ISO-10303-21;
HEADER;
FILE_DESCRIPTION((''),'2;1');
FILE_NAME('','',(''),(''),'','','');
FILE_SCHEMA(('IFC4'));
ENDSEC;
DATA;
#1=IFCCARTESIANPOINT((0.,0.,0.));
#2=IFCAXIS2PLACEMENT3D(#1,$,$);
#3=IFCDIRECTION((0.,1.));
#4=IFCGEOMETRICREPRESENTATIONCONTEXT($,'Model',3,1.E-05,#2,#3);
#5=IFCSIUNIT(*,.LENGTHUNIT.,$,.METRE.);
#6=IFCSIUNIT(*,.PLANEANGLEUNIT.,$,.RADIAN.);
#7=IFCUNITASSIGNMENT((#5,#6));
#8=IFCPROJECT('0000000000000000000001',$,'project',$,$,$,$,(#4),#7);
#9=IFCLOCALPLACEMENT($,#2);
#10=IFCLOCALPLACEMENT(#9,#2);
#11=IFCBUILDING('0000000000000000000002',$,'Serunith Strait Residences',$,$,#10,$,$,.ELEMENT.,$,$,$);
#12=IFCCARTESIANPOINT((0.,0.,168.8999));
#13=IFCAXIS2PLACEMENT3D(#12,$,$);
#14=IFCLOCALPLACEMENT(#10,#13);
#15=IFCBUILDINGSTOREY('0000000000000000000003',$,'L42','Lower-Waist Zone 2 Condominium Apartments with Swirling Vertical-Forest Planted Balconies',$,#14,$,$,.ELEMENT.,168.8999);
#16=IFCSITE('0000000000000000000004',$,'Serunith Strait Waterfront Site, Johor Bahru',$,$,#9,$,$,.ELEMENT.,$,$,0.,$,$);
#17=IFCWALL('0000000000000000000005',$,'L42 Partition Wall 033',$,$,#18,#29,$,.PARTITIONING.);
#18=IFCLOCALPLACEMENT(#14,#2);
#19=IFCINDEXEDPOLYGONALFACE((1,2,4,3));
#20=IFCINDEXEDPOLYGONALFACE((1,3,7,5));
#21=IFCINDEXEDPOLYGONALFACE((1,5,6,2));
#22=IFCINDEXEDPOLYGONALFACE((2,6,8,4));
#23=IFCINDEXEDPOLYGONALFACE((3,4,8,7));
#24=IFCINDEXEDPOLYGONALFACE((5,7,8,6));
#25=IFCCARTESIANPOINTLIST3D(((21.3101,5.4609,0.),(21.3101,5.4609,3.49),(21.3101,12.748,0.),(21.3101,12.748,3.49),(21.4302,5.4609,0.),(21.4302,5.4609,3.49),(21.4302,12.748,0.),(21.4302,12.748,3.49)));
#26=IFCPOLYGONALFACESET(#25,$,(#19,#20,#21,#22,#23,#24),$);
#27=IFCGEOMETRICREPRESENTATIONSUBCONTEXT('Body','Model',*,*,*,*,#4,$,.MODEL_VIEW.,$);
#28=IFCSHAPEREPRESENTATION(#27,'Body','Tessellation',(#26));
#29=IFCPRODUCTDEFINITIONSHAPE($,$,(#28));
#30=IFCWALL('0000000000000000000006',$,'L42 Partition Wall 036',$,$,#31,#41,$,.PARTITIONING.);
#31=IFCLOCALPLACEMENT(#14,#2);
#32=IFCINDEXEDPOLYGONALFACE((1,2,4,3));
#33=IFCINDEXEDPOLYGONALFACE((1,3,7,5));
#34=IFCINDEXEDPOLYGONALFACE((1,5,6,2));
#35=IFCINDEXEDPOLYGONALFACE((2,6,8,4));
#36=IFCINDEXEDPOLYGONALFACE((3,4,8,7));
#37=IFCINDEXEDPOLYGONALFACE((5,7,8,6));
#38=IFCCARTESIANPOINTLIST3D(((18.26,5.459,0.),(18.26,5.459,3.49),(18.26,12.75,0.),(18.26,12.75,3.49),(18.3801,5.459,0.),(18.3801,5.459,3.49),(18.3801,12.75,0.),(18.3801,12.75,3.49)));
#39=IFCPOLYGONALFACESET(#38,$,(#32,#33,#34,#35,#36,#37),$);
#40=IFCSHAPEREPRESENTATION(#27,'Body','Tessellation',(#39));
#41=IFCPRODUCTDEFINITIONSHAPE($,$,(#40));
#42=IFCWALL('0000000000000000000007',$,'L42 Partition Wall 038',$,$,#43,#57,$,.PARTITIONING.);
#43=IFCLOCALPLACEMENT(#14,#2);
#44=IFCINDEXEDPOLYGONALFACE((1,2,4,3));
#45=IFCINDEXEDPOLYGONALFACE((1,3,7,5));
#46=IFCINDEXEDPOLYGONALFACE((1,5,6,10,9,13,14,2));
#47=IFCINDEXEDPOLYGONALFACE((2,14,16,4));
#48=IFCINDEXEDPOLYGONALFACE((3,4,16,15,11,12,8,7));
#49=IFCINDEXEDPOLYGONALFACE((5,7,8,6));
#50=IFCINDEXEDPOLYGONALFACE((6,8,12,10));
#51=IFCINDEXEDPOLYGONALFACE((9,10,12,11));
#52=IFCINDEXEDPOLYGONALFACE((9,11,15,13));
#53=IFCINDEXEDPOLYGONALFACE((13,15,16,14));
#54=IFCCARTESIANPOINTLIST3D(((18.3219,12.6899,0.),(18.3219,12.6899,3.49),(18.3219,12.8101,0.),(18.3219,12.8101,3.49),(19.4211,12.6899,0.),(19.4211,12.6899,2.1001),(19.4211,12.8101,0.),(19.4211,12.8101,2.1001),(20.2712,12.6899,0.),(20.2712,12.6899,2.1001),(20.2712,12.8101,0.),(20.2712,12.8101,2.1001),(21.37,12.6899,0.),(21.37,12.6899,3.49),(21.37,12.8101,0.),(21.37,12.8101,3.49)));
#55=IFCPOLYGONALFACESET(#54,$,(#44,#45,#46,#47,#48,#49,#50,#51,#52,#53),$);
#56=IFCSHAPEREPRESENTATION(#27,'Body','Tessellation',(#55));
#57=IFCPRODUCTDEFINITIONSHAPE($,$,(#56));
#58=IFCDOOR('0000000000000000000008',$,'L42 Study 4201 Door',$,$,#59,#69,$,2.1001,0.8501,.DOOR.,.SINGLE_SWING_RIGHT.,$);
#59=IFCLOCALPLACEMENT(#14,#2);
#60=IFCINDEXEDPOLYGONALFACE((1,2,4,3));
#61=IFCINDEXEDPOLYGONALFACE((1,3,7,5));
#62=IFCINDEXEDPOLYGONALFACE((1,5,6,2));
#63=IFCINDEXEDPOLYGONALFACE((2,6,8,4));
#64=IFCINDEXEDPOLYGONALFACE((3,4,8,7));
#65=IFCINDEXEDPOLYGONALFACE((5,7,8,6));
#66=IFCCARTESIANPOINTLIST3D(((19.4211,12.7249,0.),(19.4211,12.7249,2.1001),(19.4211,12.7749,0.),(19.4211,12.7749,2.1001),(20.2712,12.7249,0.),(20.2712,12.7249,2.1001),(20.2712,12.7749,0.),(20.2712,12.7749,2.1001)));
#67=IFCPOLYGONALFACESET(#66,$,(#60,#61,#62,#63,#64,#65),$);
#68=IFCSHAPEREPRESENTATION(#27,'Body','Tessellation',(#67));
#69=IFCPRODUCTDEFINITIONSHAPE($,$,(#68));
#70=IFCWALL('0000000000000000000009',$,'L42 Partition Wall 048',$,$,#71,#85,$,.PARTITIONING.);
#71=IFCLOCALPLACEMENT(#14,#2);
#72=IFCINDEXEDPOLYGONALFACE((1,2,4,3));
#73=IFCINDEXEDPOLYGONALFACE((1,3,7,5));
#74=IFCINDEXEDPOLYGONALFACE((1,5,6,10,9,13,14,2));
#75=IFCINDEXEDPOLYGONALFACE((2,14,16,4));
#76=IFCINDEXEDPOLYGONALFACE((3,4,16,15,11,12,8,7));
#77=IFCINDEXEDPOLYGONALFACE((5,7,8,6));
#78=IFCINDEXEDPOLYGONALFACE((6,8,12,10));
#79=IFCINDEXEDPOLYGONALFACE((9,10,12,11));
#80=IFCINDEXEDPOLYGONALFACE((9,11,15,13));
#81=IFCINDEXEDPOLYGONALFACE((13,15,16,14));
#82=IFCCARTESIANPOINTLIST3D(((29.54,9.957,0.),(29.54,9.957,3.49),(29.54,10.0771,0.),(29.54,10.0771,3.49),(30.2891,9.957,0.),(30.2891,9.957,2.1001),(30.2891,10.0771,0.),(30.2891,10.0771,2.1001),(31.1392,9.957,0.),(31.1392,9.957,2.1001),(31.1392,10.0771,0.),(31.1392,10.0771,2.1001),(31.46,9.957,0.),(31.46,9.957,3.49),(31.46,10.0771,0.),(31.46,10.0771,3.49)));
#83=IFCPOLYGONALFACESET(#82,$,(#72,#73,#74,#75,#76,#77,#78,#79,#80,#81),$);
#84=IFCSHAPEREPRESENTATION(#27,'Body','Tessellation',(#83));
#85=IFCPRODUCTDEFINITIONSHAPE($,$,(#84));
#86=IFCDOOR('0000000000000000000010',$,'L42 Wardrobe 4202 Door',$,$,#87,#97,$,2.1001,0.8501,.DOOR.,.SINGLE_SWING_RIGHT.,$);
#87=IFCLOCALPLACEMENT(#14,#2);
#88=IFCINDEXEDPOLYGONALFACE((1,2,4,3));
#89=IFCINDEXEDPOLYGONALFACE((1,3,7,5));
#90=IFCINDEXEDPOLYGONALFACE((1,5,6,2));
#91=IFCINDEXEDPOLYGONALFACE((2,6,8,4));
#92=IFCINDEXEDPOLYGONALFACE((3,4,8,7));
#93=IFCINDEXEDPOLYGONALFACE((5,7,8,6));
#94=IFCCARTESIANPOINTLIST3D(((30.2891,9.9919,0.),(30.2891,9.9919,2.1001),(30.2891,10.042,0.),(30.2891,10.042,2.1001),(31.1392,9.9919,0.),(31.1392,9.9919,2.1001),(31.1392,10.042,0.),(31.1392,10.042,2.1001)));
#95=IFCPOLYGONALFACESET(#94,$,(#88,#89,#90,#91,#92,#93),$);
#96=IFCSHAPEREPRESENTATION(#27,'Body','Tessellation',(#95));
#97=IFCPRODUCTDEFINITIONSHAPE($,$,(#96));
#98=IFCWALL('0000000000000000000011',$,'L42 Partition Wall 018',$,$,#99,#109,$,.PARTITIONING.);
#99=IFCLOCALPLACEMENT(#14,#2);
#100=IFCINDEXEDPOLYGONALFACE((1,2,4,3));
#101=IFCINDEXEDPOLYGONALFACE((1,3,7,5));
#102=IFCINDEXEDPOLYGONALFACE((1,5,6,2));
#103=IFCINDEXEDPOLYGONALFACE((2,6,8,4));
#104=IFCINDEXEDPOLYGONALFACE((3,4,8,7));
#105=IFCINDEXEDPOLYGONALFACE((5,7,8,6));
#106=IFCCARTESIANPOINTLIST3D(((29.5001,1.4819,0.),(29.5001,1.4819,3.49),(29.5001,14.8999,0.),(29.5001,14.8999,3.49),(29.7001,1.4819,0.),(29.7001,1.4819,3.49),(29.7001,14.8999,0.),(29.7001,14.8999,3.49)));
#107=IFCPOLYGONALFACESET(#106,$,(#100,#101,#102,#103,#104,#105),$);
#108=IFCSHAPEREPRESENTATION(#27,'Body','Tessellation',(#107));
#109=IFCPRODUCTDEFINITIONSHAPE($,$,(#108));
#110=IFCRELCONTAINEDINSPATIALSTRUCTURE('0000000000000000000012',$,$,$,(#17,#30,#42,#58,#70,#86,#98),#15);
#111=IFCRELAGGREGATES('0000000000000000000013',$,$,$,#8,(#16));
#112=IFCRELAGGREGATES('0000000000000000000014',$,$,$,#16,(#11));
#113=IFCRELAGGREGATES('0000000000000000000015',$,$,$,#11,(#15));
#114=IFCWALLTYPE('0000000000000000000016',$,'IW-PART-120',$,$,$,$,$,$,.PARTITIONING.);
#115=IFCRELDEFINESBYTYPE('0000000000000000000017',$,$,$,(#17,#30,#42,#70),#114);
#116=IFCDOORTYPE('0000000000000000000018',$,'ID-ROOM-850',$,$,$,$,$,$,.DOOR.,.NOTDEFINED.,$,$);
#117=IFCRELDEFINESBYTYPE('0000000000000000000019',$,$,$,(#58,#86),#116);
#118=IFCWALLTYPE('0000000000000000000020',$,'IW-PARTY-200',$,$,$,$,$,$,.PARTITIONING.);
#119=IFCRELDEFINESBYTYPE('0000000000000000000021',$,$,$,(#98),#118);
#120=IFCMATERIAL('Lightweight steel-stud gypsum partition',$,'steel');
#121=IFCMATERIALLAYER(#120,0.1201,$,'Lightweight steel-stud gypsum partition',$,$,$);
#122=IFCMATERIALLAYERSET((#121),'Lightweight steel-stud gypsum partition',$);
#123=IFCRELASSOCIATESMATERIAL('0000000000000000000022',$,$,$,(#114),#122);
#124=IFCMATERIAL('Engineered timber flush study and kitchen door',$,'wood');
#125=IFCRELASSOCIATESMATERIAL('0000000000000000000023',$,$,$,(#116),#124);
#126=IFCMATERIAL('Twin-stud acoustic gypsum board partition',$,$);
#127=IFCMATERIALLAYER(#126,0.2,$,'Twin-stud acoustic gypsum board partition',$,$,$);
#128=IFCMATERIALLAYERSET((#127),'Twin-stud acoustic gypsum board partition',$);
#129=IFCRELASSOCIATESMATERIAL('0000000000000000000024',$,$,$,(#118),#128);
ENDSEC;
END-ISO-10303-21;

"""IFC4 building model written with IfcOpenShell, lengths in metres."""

from ifc_helpers import new_model, si_unit, direction, frame, frame_2d, origin, place, context, subcontext, project, spatial, rectangle, extrude, source, transform, mapped, material, layer, layer_set, type_object, element, fill, save


model = new_model("IFC4")

# Units and contexts
model_context = context("Model", 3, precision=1e-05, world=origin(), true_north=direction((0.0, 1.0)))
body_context = subcontext(model_context, "Body", "Model", "MODEL_VIEW")
ifc_project = project(units=[si_unit("LENGTHUNIT", "METRE"), si_unit("PLANEANGLEUNIT", "RADIAN")], contexts=[model_context])

# Site, building, storey
site_placement = place(None, origin())
site = spatial("IfcSite", under=ifc_project, at=site_placement, Name="Serunith Strait Waterfront Site, Johor Bahru", CompositionType="ELEMENT", RefElevation=0.0)
building_placement = place(site_placement, origin())
building = spatial("IfcBuilding", under=site, at=building_placement, Name="Serunith Strait Residences", CompositionType="ELEMENT")
storey_placement = place(building_placement, frame((0.0, 0.0, 168.8999)))
storey = spatial("IfcBuildingStorey", under=building, at=storey_placement, Name="L42", Description="Lower-Waist Zone 2 Condominium Apartments with Swirling Vertical-Forest Planted Balconies", CompositionType="ELEMENT", Elevation=168.8999)

# Shared definitions
ifc_material_1 = material(Name="Lightweight steel-stud gypsum partition", Category="steel")
ifc_layer_1 = layer(ifc_material_1, 0.1201, Name="Lightweight steel-stud gypsum partition")
ifc_layer_set_1 = layer_set([ifc_layer_1], Name="Lightweight steel-stud gypsum partition")
wall_type_1 = type_object("IfcWallType", Name="IW-PART-120", PredefinedType="PARTITIONING", material=ifc_layer_set_1)
ifc_material_2 = material(Name="Engineered timber flush study and kitchen door", Category="wood")
door_type_1 = type_object("IfcDoorType", Name="ID-ROOM-850", OperationType="NOTDEFINED", PredefinedType="DOOR", material=ifc_material_2)
shared_shape_1 = source(origin(), body_context, "Body", "SweptSolid", [
    extrude(rectangle(XDim=0.8501, YDim=2.1001, at=frame_2d((0.425, 1.05))), frame((0.0, 0.0249, 0.0), z_axis=(0.0, -1.0, 0.0), x_axis=(1.0, 0.0, 0.0)), (0.0, 0.0, 1.0), 0.05),
])

# Walls
wall_1_placement = place(storey_placement, frame((21.3701, 5.4609, 0.0), z_axis=(0.0, 0.0, 1.0), x_axis=(0.0, 1.0, 0.0)))
element("IfcWall", 1, at=wall_1_placement, inside=storey, type_object=wall_type_1, Name="L42 Partition Wall 033", PredefinedType="PARTITIONING", context=body_context, shape_type="SweptSolid", body=[
    extrude(rectangle(XDim=7.2871, YDim=0.1201, at=frame_2d((3.6436, 0.0))), origin(), (0.0, 0.0, 1.0), 3.49),
])
wall_2_placement = place(storey_placement, frame((18.3201, 5.459, 0.0), z_axis=(0.0, 0.0, 1.0), x_axis=(0.0, 1.0, 0.0)))
element("IfcWall", 2, at=wall_2_placement, inside=storey, type_object=wall_type_1, Name="L42 Partition Wall 036", PredefinedType="PARTITIONING", context=body_context, shape_type="SweptSolid", body=[
    extrude(rectangle(XDim=7.291, YDim=0.1201, at=frame_2d((3.6455, 0.0))), origin(), (0.0, 0.0, 1.0), 3.49),
])

# Walls, openings, doors
wall_3_placement = place(storey_placement, frame((18.322, 12.75, 0.0), z_axis=(0.0, 0.0, 1.0), x_axis=(1.0, 0.0, 0.0)))
wall_3 = element("IfcWall", 3, at=wall_3_placement, inside=storey, type_object=wall_type_1, Name="L42 Partition Wall 038", PredefinedType="PARTITIONING", context=body_context, shape_type="SweptSolid", body=[
    extrude(rectangle(XDim=3.0481, YDim=0.1201, at=frame_2d((1.5239, 0.0))), origin(), (0.0, 0.0, 1.0), 3.49),
])
opening_1_placement = place(wall_3_placement, frame((1.0991, 0.0, 0.0)))
opening_1 = element("IfcOpeningElement", 4, at=opening_1_placement, cuts=wall_3, PredefinedType="OPENING", context=body_context, shape_type="SweptSolid", body=[
    extrude(rectangle(XDim=0.8501, YDim=2.1001, at=frame_2d((0.425, 1.05))), frame((0.0, 0.0701, 0.0), z_axis=(0.0, -1.0, 0.0), x_axis=(1.0, 0.0, 0.0)), (0.0, 0.0, 1.0), 0.1401),
])
door_1_placement = place(opening_1_placement, origin())
door_1 = element("IfcDoor", 5, at=door_1_placement, inside=storey, type_object=door_type_1, Name="L42 Study 4201 Door", OperationType="SINGLE_SWING_RIGHT", OverallHeight=2.1001, OverallWidth=0.8501, PredefinedType="DOOR", context=body_context, shape_type="MappedRepresentation", body=[
    mapped(shared_shape_1, transform((0.0, 0.0, 0.0), scale=1.0)),
])
fill(opening_1, door_1)
wall_4_placement = place(storey_placement, frame((29.54, 10.0171, 0.0), z_axis=(0.0, 0.0, 1.0), x_axis=(1.0, 0.0, 0.0)))
wall_4 = element("IfcWall", 6, at=wall_4_placement, inside=storey, type_object=wall_type_1, Name="L42 Partition Wall 048", PredefinedType="PARTITIONING", context=body_context, shape_type="SweptSolid", body=[
    extrude(rectangle(XDim=1.9199, YDim=0.1201, at=frame_2d((0.96, 0.0))), origin(), (0.0, 0.0, 1.0), 3.49),
])
opening_2_placement = place(wall_4_placement, frame((0.749, 0.0, 0.0)))
opening_2 = element("IfcOpeningElement", 7, at=opening_2_placement, cuts=wall_4, PredefinedType="OPENING", context=body_context, shape_type="SweptSolid", body=[
    extrude(rectangle(XDim=0.8501, YDim=2.1001, at=frame_2d((0.425, 1.05))), frame((0.0, 0.0701, 0.0), z_axis=(0.0, -1.0, 0.0), x_axis=(1.0, 0.0, 0.0)), (0.0, 0.0, 1.0), 0.1401),
])
door_2_placement = place(opening_2_placement, origin())
door_2 = element("IfcDoor", 8, at=door_2_placement, inside=storey, type_object=door_type_1, Name="L42 Wardrobe 4202 Door", OperationType="SINGLE_SWING_RIGHT", OverallHeight=2.1001, OverallWidth=0.8501, PredefinedType="DOOR", context=body_context, shape_type="MappedRepresentation", body=[
    mapped(shared_shape_1, transform((0.0, 0.0, 0.0), scale=1.0)),
])
fill(opening_2, door_2)

# Wall
ifc_material_3 = material(Name="Twin-stud acoustic gypsum board partition")
ifc_layer_2 = layer(ifc_material_3, 0.2, Name="Twin-stud acoustic gypsum board partition")
ifc_layer_set_2 = layer_set([ifc_layer_2], Name="Twin-stud acoustic gypsum board partition")
wall_type_2 = type_object("IfcWallType", Name="IW-PARTY-200", PredefinedType="PARTITIONING", material=ifc_layer_set_2)
wall_5_placement = place(storey_placement, frame((29.6001, 1.4819, 0.0), z_axis=(0.0, 0.0, 1.0), x_axis=(0.0, 1.0, 0.0)))
element("IfcWall", 9, at=wall_5_placement, inside=storey, type_object=wall_type_2, Name="L42 Partition Wall 018", PredefinedType="PARTITIONING", context=body_context, shape_type="SweptSolid", body=[
    extrude(rectangle(XDim=13.418, YDim=0.2, at=frame_2d((6.709, 0.0))), origin(), (0.0, 0.0, 1.0), 3.49),
])

save(model, "model.ifc")
